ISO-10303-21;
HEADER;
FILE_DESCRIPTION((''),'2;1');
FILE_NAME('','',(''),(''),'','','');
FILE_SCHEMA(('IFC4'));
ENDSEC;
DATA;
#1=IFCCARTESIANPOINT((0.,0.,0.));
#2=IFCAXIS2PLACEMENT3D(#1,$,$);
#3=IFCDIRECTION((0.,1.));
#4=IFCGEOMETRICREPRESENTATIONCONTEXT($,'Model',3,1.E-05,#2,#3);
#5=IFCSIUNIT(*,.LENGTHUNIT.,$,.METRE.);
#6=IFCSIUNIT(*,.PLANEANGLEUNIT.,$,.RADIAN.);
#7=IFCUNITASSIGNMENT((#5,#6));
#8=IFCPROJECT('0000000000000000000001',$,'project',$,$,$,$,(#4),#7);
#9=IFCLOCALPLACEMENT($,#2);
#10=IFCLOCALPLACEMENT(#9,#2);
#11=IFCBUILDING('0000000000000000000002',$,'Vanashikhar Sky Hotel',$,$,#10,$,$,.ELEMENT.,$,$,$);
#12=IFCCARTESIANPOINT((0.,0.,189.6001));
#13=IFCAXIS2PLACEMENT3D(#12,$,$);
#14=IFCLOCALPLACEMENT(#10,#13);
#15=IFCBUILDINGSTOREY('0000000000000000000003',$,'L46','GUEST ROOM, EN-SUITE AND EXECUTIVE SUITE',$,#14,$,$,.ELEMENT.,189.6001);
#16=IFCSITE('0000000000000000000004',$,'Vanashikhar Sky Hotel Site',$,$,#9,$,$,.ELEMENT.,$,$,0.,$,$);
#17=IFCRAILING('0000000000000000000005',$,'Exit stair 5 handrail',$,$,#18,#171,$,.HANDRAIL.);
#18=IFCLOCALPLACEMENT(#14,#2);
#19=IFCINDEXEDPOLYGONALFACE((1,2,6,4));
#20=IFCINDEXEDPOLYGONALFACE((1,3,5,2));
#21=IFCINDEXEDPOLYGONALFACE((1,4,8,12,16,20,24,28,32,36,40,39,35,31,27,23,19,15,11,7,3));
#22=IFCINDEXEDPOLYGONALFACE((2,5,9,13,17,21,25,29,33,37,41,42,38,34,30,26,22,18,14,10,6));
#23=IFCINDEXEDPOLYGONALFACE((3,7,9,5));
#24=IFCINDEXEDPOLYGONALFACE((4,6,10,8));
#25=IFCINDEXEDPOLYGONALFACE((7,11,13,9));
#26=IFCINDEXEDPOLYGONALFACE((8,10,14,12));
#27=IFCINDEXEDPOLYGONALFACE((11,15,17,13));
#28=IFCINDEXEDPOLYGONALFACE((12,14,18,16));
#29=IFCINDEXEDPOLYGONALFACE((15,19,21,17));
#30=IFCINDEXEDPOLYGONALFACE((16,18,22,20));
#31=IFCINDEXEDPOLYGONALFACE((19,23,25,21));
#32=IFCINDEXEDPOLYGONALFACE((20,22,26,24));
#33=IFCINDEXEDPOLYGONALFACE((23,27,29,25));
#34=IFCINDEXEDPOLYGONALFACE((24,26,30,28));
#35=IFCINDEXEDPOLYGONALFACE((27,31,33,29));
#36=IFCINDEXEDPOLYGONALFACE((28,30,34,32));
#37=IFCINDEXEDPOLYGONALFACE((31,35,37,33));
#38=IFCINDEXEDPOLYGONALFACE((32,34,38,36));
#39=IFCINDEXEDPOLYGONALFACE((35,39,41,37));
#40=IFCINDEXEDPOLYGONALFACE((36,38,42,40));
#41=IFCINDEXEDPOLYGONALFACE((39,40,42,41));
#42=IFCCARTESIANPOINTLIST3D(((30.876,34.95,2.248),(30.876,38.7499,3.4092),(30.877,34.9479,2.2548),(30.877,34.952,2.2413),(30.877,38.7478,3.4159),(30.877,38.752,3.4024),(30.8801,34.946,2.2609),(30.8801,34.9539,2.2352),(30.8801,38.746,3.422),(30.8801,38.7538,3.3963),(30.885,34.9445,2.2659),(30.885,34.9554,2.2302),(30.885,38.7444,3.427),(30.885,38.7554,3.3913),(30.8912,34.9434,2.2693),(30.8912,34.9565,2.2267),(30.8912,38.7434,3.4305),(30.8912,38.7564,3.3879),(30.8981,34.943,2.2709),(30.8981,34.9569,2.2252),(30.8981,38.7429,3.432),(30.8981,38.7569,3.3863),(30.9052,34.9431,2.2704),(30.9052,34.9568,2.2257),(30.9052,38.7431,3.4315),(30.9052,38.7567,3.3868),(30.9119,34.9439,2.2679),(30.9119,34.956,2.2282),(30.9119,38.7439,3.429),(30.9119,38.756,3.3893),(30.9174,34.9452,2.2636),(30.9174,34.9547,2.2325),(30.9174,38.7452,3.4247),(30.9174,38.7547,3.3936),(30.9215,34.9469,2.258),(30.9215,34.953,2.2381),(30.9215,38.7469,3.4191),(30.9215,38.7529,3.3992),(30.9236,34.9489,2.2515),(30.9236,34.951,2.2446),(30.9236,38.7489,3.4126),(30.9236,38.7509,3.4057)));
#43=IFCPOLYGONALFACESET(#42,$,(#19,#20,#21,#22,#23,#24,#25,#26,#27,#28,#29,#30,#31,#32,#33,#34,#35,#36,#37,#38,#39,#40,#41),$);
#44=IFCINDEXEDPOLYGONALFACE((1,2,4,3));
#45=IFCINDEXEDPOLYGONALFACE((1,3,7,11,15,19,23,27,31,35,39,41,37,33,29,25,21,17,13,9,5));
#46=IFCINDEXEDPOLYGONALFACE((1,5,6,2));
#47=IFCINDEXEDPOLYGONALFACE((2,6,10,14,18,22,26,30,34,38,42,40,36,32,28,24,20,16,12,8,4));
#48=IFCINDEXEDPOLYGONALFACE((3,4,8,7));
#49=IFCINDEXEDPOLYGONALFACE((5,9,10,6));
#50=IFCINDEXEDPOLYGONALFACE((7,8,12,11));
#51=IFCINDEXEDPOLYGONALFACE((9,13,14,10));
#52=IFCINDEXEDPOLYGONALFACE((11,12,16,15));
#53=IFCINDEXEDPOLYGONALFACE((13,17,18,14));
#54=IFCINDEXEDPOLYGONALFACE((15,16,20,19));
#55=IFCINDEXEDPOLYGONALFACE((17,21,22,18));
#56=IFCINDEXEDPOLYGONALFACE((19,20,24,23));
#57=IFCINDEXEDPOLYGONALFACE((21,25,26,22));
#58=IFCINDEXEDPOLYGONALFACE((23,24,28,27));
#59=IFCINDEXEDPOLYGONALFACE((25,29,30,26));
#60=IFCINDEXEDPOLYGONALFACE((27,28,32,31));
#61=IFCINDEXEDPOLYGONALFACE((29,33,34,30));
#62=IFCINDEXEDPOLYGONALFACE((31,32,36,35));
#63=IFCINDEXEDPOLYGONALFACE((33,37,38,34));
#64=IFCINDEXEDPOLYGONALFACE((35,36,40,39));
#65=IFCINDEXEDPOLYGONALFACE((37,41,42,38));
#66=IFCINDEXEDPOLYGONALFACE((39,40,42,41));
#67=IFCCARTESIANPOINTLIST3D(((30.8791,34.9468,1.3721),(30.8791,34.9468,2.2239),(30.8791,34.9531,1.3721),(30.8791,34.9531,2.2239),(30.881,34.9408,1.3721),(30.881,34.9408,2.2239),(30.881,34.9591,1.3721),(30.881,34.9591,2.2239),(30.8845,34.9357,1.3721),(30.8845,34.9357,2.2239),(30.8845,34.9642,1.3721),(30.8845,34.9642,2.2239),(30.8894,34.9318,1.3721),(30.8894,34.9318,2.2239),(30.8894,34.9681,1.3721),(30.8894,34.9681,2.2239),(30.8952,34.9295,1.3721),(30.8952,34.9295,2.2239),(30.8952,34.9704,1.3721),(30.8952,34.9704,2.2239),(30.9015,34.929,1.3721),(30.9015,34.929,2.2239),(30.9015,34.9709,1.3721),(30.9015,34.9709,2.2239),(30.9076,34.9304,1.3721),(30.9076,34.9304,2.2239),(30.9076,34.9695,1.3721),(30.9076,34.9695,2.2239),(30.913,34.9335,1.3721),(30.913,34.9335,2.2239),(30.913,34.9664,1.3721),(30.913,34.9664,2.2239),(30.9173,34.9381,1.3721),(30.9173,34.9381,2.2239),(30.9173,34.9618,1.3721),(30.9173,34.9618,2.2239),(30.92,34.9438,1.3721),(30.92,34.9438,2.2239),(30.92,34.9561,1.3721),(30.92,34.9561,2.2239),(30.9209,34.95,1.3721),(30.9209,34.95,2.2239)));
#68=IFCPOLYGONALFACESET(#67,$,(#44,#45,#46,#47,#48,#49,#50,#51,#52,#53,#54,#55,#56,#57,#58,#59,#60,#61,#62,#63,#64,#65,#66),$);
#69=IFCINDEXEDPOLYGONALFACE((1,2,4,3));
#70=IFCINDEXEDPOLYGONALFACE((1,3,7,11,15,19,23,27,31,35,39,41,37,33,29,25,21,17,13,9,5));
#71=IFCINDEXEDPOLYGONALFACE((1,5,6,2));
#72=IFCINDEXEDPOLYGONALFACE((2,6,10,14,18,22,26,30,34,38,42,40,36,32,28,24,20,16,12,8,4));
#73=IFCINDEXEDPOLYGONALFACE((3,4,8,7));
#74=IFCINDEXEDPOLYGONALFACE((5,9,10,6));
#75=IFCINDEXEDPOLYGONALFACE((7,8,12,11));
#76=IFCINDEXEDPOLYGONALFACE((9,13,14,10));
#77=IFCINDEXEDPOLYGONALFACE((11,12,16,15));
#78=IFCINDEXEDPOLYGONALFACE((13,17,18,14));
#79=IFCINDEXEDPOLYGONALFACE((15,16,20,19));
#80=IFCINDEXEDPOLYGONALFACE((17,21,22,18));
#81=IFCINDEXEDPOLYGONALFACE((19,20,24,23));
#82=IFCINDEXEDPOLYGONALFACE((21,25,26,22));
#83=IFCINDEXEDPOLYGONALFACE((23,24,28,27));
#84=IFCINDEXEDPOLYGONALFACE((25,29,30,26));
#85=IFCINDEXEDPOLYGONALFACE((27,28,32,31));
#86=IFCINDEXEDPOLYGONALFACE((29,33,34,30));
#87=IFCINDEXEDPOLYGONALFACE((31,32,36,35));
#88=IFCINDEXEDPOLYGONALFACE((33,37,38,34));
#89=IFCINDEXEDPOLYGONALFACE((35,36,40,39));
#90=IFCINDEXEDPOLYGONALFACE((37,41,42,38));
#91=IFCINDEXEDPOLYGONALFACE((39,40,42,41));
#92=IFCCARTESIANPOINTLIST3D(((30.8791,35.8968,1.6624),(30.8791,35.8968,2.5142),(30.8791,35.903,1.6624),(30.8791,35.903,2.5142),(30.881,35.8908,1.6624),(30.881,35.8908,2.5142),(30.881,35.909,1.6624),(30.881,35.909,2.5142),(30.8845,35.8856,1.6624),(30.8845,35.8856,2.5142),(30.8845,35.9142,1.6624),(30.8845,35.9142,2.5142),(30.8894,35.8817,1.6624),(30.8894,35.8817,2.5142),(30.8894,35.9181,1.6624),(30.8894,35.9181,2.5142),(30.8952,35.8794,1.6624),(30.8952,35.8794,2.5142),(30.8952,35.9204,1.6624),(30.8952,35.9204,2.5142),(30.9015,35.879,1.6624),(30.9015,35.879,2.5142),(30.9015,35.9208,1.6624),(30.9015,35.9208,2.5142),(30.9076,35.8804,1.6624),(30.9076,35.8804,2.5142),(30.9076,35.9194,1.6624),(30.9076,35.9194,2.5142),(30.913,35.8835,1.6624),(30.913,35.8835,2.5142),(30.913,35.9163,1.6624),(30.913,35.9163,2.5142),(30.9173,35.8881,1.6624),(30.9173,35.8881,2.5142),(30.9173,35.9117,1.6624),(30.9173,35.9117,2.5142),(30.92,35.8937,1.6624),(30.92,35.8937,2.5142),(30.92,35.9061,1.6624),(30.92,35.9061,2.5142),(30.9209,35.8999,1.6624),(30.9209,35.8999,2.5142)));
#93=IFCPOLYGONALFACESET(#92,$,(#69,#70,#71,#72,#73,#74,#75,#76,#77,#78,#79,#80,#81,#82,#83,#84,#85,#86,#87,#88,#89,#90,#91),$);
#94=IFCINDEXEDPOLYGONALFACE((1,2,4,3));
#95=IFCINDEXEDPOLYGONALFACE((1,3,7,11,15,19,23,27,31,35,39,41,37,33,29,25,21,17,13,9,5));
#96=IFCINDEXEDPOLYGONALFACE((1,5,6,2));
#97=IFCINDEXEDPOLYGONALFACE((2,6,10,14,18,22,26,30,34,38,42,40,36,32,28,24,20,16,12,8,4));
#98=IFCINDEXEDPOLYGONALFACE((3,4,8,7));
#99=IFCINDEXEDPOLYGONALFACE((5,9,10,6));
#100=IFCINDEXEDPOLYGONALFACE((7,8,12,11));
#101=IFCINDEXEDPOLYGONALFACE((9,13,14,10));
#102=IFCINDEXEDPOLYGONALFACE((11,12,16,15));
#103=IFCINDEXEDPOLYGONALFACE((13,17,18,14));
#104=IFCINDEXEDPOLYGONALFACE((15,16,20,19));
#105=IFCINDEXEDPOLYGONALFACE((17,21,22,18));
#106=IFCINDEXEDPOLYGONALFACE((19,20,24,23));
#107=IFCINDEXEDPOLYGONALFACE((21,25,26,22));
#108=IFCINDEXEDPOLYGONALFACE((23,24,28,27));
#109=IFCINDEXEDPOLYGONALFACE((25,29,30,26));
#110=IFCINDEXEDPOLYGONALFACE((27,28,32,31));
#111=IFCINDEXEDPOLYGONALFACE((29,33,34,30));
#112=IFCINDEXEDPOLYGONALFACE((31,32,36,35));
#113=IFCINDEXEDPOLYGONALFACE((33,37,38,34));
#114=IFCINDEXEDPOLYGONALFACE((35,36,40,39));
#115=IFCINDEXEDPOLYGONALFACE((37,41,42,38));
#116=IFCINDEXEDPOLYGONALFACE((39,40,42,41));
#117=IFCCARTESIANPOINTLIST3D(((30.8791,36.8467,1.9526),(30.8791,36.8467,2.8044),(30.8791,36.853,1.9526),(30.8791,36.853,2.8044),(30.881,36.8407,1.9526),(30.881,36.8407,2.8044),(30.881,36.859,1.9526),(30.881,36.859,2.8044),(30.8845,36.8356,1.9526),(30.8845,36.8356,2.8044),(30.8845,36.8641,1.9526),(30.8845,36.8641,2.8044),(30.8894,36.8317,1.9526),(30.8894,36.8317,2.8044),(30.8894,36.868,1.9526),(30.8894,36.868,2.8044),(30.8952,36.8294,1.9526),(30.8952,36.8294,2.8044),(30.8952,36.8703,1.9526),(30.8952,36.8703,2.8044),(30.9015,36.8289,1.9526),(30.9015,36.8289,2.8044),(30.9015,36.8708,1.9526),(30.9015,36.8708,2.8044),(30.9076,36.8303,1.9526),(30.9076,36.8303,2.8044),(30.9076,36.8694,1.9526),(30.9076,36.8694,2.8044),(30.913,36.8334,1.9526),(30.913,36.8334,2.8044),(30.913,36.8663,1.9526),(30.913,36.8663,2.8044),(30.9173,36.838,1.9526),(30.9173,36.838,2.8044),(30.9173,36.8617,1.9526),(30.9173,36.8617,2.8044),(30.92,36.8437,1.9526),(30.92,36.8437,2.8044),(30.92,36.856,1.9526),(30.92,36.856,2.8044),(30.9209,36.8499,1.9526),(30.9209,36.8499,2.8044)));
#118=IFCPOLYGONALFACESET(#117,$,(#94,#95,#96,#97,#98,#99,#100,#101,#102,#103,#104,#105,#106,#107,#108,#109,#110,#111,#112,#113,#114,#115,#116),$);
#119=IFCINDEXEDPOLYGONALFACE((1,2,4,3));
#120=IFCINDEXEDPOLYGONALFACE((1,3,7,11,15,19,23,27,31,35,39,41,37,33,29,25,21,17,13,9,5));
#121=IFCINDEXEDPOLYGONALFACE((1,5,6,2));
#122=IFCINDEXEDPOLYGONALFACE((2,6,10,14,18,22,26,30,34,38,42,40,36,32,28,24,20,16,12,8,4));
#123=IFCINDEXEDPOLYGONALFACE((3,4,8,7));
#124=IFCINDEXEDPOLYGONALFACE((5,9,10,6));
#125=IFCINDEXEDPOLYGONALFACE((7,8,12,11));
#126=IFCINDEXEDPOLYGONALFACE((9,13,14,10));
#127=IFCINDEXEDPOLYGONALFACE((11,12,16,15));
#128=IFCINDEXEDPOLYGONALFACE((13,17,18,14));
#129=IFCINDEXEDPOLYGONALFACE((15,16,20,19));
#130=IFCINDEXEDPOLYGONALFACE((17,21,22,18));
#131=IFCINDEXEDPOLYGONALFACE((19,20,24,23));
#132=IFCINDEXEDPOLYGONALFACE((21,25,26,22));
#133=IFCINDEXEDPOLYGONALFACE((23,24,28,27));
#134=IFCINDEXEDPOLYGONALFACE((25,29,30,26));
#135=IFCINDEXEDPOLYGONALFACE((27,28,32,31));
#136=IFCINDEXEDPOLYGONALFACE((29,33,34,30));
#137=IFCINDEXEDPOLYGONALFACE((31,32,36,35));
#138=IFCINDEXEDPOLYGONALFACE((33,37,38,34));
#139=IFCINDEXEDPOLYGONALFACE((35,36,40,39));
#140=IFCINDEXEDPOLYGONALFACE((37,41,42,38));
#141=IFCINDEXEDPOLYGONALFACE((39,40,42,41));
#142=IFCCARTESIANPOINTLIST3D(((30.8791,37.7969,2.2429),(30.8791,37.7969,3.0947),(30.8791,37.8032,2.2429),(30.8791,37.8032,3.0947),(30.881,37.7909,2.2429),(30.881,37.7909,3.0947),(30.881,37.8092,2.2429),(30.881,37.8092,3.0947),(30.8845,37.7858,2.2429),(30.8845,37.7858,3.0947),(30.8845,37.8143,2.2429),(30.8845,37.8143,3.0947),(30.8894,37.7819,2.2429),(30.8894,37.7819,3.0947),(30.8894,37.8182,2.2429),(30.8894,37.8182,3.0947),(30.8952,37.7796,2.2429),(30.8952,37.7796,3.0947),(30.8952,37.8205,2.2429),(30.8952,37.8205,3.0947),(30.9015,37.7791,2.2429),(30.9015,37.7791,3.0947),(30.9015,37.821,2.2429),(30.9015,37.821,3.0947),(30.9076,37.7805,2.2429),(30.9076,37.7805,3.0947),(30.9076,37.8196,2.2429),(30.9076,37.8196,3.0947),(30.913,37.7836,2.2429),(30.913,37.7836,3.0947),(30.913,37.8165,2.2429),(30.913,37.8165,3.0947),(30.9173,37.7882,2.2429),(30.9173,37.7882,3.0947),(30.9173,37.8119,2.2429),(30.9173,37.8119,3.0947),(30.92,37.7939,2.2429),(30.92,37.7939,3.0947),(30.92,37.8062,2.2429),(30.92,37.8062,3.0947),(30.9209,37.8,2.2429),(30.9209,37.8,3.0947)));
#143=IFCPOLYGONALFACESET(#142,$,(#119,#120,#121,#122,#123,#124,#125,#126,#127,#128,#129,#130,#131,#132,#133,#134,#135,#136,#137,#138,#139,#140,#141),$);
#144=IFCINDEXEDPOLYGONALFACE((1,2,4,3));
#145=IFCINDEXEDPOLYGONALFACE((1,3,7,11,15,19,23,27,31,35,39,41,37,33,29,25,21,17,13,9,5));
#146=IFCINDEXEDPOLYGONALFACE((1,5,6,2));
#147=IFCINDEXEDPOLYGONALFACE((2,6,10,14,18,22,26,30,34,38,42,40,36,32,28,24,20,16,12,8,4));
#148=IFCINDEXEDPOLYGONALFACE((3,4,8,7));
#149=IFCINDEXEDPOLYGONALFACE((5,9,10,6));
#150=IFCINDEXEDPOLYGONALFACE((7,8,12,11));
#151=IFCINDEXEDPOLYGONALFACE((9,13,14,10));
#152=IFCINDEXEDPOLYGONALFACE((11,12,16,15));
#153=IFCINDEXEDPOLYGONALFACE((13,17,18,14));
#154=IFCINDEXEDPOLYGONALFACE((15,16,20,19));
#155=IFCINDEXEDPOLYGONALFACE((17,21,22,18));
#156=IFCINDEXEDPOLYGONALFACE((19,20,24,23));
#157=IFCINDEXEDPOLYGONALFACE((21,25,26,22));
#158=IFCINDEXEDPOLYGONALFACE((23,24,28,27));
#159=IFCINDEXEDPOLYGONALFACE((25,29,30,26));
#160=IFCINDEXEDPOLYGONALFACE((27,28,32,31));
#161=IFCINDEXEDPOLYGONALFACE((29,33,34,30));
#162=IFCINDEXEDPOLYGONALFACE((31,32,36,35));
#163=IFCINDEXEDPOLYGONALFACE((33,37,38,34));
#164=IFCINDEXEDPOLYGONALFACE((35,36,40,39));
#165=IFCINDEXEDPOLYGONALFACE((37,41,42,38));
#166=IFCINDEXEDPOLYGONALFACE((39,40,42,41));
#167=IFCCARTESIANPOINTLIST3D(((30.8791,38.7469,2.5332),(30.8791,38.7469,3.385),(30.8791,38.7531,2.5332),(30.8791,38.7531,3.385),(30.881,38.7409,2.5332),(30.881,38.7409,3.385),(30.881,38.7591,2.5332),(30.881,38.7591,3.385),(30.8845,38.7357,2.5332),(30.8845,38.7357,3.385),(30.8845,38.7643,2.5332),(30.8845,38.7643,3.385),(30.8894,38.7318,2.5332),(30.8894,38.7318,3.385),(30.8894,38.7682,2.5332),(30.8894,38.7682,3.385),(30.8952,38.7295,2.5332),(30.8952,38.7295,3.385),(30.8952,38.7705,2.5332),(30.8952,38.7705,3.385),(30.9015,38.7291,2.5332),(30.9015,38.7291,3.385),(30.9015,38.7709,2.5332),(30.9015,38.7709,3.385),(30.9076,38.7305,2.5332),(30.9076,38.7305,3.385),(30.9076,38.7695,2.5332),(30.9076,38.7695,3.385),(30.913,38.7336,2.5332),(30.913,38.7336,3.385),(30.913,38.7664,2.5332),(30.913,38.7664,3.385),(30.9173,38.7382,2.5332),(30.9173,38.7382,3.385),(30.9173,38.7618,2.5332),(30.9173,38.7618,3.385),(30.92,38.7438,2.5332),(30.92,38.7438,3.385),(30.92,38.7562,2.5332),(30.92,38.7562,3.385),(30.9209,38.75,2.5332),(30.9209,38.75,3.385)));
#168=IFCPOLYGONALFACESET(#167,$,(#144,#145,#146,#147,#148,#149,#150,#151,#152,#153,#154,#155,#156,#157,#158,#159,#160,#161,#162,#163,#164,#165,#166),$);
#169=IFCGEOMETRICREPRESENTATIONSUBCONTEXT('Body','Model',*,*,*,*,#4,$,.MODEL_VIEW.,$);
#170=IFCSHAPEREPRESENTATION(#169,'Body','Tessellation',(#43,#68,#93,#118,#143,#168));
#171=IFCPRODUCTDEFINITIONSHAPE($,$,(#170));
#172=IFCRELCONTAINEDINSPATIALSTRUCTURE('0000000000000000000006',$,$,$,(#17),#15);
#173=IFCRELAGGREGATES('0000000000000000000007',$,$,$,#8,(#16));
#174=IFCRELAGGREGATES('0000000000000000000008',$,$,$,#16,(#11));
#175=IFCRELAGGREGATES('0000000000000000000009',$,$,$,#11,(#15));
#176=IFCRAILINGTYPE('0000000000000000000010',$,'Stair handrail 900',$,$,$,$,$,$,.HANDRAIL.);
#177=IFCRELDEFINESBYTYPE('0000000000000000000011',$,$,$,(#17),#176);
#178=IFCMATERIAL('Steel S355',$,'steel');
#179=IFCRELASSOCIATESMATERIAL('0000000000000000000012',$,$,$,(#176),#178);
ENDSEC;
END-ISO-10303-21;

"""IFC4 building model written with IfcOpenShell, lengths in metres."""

from ifc_helpers import new_model, si_unit, direction, frame, origin, origin_2d, place, context, subcontext, project, spatial, circle, extrude, source, transform, mapped, material, type_object, element, save


model = new_model("IFC4")

# Units and contexts
model_context = context("Model", 3, precision=1e-05, world=origin(), true_north=direction((0.0, 1.0)))
body_context = subcontext(model_context, "Body", "Model", "MODEL_VIEW")
ifc_project = project(units=[si_unit("LENGTHUNIT", "METRE"), si_unit("PLANEANGLEUNIT", "RADIAN")], contexts=[model_context])

# Site, building, storey
site_placement = place(None, origin())
site = spatial("IfcSite", under=ifc_project, at=site_placement, Name="Vanashikhar Sky Hotel Site", CompositionType="ELEMENT", RefElevation=0.0)
building_placement = place(site_placement, origin())
building = spatial("IfcBuilding", under=site, at=building_placement, Name="Vanashikhar Sky Hotel", CompositionType="ELEMENT")
storey_placement = place(building_placement, frame((0.0, 0.0, 189.6001)))
storey = spatial("IfcBuildingStorey", under=building, at=storey_placement, Name="L46", Description="GUEST ROOM, EN-SUITE AND EXECUTIVE SUITE", CompositionType="ELEMENT", Elevation=189.6001)

# Railing
ifc_material_1 = material(Name="Steel S355", Category="steel")
railing_type_1 = type_object("IfcRailingType", Name="Stair handrail 900", PredefinedType="HANDRAIL", material=ifc_material_1)
shared_shape_1 = source(origin(), body_context, "Body", "SweptSolid", [
    extrude(circle(Radius=0.0239, at=origin_2d()), frame((0.0, 0.0, 0.876), z_axis=(0.0, 0.956351, 0.29222), x_axis=(-1.0, 0.0, 0.0)), (0.0, 0.0, 1.0), 3.9734),
    extrude(circle(Radius=0.021, at=origin_2d()), origin(), (0.0, 0.0, 1.0), 0.8518),
    extrude(circle(Radius=0.021, at=origin_2d()), frame((0.0, 0.95, 0.2903)), (0.0, 0.0, 1.0), 0.8518),
    extrude(circle(Radius=0.021, at=origin_2d()), frame((0.0, 1.8999, 0.5806)), (0.0, 0.0, 1.0), 0.8518),
    extrude(circle(Radius=0.021, at=origin_2d()), frame((0.0, 2.8501, 0.8708)), (0.0, 0.0, 1.0), 0.8518),
    extrude(circle(Radius=0.021, at=origin_2d()), frame((0.0, 3.8, 1.1611)), (0.0, 0.0, 1.0), 0.8518),
])
railing_1_placement = place(storey_placement, frame((30.8999, 34.95, 1.3721)))
element("IfcRailing", 1, at=railing_1_placement, inside=storey, type_object=railing_type_1, Name="Exit stair 5 handrail", PredefinedType="HANDRAIL", context=body_context, shape_type="MappedRepresentation", body=[
    mapped(shared_shape_1, transform((0.0, 0.0, 0.0), scale=1.0)),
])

save(model, "model.ifc")
